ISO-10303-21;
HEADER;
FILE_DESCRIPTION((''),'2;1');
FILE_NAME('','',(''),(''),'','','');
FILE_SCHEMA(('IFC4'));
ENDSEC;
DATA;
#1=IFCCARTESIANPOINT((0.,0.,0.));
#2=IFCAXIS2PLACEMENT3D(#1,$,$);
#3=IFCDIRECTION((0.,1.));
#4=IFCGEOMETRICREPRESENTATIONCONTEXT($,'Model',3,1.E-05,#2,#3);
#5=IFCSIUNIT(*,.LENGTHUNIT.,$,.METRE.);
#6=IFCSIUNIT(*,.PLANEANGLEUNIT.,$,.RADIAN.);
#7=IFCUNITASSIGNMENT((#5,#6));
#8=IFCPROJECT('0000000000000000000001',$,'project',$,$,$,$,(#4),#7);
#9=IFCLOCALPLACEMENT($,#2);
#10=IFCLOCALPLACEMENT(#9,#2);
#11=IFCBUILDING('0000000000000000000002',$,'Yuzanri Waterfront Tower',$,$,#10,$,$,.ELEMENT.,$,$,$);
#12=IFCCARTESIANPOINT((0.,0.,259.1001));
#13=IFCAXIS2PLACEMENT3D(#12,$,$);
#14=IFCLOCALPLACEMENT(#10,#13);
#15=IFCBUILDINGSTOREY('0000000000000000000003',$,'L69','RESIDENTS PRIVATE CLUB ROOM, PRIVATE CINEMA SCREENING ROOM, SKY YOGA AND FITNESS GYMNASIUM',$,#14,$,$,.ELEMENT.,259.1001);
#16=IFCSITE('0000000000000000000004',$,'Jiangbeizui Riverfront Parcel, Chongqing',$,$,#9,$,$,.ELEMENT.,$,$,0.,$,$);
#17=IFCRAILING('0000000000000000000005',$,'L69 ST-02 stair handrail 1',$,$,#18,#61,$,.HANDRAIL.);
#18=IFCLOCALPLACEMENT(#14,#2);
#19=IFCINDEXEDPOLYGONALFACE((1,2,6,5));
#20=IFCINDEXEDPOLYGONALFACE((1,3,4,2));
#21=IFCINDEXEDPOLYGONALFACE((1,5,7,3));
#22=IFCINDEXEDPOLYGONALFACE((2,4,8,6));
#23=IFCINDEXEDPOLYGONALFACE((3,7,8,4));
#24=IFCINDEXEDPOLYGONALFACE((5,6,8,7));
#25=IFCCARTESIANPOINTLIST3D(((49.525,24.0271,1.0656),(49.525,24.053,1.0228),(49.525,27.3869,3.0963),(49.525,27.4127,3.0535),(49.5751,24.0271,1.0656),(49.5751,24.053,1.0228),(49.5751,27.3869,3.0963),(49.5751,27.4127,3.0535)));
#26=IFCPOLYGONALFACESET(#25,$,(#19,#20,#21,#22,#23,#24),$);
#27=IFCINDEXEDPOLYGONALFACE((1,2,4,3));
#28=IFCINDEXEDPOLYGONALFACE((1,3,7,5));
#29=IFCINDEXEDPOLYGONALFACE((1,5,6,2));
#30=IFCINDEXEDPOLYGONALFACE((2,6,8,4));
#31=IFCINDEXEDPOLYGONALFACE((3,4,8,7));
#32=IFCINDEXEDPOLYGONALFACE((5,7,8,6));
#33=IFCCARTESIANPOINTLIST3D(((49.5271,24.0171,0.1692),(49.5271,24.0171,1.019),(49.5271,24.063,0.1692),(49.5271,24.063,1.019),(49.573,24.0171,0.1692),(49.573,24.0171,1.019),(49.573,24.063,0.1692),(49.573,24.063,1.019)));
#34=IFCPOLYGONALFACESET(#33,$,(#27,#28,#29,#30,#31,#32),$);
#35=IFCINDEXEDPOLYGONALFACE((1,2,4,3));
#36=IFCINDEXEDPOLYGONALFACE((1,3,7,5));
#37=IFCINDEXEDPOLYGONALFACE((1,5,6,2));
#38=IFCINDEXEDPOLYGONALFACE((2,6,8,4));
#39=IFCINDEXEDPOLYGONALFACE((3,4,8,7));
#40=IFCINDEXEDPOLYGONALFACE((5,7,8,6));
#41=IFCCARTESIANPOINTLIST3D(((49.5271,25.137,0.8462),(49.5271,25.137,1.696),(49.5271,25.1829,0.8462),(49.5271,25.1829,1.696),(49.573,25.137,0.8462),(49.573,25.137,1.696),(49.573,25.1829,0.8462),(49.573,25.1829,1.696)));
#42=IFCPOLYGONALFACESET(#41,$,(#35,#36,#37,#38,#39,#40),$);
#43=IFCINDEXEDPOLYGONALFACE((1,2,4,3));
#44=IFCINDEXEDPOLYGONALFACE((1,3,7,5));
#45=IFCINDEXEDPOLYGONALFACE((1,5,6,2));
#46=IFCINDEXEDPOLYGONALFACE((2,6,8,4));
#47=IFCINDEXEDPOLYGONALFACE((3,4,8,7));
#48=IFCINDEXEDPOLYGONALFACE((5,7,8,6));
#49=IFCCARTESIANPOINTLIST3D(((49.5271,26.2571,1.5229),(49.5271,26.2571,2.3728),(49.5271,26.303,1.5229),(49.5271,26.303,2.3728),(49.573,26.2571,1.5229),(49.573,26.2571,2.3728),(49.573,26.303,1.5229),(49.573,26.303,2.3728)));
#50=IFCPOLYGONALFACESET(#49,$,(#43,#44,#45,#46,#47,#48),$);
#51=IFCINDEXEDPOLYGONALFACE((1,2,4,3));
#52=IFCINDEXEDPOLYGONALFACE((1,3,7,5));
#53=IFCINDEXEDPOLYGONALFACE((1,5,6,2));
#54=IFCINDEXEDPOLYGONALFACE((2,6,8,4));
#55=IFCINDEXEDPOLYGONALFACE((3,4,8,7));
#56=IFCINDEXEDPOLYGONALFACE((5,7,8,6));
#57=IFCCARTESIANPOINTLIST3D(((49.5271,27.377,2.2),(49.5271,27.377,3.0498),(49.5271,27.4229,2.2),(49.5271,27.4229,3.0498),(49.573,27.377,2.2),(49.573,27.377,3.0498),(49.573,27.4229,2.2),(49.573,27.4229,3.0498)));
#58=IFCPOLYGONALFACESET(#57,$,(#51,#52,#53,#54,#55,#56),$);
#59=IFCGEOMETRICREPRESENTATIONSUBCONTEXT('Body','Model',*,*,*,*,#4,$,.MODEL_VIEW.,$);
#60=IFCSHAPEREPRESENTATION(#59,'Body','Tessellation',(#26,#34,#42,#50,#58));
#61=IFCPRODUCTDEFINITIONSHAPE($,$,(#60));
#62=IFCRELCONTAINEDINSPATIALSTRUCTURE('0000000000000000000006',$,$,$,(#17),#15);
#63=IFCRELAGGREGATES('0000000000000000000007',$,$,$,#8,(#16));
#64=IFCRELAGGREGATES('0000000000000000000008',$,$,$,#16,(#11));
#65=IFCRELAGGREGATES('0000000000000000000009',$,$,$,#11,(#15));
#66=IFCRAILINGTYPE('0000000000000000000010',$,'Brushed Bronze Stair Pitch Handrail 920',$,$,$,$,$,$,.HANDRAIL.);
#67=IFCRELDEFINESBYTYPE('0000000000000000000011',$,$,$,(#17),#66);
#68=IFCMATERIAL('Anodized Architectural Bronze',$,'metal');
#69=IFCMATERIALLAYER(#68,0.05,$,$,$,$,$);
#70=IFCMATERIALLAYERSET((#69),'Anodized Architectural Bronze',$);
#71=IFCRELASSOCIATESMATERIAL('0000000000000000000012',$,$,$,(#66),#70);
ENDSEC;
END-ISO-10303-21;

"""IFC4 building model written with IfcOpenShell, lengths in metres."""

from ifc_helpers import new_model, si_unit, direction, frame, origin, origin_2d, place, context, subcontext, project, spatial, rectangle, extrude, source, transform, mapped, material, layer, layer_set, type_object, element, save


model = new_model("IFC4")

# Units and contexts
model_context = context("Model", 3, precision=1e-05, world=origin(), true_north=direction((0.0, 1.0)))
body_context = subcontext(model_context, "Body", "Model", "MODEL_VIEW")
ifc_project = project(units=[si_unit("LENGTHUNIT", "METRE"), si_unit("PLANEANGLEUNIT", "RADIAN")], contexts=[model_context])

# Site, building, storey
site_placement = place(None, origin())
site = spatial("IfcSite", under=ifc_project, at=site_placement, Name="Jiangbeizui Riverfront Parcel, Chongqing", CompositionType="ELEMENT", RefElevation=0.0)
building_placement = place(site_placement, origin())
building = spatial("IfcBuilding", under=site, at=building_placement, Name="Yuzanri Waterfront Tower", CompositionType="ELEMENT")
storey_placement = place(building_placement, frame((0.0, 0.0, 259.1001)))
storey = spatial("IfcBuildingStorey", under=building, at=storey_placement, Name="L69", Description="RESIDENTS PRIVATE CLUB ROOM, PRIVATE CINEMA SCREENING ROOM, SKY YOGA AND FITNESS GYMNASIUM", CompositionType="ELEMENT", Elevation=259.1001)

# Railing
ifc_material_1 = material(Name="Anodized Architectural Bronze", Category="metal")
ifc_layer_1 = layer(ifc_material_1, 0.05)
ifc_layer_set_1 = layer_set([ifc_layer_1], Name="Anodized Architectural Bronze")
railing_type = type_object("IfcRailingType", Name="Brushed Bronze Stair Pitch Handrail 920", PredefinedType="HANDRAIL", material=ifc_layer_set_1)
shared_shape_1 = source(origin(), body_context, "Body", "SweptSolid", [
    extrude(rectangle(XDim=0.05, YDim=0.05, at=origin_2d()), frame((0.0, 0.0, 0.875), z_axis=(0.0, 0.85582, 0.517273), x_axis=(-1.0, 0.0, 0.0)), (0.0, 0.0, 1.0), 3.9258),
    extrude(rectangle(XDim=0.0459, YDim=0.0459, at=origin_2d()), origin(), (0.0, 0.0, 1.0), 0.8499),
    extrude(rectangle(XDim=0.0459, YDim=0.0459, at=origin_2d()), frame((0.0, 1.1199, 0.677)), (0.0, 0.0, 1.0), 0.8499),
    extrude(rectangle(XDim=0.0459, YDim=0.0459, at=origin_2d()), frame((0.0, 2.24, 1.3538)), (0.0, 0.0, 1.0), 0.8499),
    extrude(rectangle(XDim=0.0459, YDim=0.0459, at=origin_2d()), frame((0.0, 3.3599, 2.0308)), (0.0, 0.0, 1.0), 0.8499),
])
railing_placement = place(storey_placement, frame((49.55, 24.04, 0.1692)))
element("IfcRailing", 1, at=railing_placement, inside=storey, type_object=railing_type, Name="L69 ST-02 stair handrail 1", PredefinedType="HANDRAIL", context=body_context, shape_type="MappedRepresentation", body=[
    mapped(shared_shape_1, transform((0.0, 0.0, 0.0), scale=1.0)),
])

save(model, "model.ifc")
